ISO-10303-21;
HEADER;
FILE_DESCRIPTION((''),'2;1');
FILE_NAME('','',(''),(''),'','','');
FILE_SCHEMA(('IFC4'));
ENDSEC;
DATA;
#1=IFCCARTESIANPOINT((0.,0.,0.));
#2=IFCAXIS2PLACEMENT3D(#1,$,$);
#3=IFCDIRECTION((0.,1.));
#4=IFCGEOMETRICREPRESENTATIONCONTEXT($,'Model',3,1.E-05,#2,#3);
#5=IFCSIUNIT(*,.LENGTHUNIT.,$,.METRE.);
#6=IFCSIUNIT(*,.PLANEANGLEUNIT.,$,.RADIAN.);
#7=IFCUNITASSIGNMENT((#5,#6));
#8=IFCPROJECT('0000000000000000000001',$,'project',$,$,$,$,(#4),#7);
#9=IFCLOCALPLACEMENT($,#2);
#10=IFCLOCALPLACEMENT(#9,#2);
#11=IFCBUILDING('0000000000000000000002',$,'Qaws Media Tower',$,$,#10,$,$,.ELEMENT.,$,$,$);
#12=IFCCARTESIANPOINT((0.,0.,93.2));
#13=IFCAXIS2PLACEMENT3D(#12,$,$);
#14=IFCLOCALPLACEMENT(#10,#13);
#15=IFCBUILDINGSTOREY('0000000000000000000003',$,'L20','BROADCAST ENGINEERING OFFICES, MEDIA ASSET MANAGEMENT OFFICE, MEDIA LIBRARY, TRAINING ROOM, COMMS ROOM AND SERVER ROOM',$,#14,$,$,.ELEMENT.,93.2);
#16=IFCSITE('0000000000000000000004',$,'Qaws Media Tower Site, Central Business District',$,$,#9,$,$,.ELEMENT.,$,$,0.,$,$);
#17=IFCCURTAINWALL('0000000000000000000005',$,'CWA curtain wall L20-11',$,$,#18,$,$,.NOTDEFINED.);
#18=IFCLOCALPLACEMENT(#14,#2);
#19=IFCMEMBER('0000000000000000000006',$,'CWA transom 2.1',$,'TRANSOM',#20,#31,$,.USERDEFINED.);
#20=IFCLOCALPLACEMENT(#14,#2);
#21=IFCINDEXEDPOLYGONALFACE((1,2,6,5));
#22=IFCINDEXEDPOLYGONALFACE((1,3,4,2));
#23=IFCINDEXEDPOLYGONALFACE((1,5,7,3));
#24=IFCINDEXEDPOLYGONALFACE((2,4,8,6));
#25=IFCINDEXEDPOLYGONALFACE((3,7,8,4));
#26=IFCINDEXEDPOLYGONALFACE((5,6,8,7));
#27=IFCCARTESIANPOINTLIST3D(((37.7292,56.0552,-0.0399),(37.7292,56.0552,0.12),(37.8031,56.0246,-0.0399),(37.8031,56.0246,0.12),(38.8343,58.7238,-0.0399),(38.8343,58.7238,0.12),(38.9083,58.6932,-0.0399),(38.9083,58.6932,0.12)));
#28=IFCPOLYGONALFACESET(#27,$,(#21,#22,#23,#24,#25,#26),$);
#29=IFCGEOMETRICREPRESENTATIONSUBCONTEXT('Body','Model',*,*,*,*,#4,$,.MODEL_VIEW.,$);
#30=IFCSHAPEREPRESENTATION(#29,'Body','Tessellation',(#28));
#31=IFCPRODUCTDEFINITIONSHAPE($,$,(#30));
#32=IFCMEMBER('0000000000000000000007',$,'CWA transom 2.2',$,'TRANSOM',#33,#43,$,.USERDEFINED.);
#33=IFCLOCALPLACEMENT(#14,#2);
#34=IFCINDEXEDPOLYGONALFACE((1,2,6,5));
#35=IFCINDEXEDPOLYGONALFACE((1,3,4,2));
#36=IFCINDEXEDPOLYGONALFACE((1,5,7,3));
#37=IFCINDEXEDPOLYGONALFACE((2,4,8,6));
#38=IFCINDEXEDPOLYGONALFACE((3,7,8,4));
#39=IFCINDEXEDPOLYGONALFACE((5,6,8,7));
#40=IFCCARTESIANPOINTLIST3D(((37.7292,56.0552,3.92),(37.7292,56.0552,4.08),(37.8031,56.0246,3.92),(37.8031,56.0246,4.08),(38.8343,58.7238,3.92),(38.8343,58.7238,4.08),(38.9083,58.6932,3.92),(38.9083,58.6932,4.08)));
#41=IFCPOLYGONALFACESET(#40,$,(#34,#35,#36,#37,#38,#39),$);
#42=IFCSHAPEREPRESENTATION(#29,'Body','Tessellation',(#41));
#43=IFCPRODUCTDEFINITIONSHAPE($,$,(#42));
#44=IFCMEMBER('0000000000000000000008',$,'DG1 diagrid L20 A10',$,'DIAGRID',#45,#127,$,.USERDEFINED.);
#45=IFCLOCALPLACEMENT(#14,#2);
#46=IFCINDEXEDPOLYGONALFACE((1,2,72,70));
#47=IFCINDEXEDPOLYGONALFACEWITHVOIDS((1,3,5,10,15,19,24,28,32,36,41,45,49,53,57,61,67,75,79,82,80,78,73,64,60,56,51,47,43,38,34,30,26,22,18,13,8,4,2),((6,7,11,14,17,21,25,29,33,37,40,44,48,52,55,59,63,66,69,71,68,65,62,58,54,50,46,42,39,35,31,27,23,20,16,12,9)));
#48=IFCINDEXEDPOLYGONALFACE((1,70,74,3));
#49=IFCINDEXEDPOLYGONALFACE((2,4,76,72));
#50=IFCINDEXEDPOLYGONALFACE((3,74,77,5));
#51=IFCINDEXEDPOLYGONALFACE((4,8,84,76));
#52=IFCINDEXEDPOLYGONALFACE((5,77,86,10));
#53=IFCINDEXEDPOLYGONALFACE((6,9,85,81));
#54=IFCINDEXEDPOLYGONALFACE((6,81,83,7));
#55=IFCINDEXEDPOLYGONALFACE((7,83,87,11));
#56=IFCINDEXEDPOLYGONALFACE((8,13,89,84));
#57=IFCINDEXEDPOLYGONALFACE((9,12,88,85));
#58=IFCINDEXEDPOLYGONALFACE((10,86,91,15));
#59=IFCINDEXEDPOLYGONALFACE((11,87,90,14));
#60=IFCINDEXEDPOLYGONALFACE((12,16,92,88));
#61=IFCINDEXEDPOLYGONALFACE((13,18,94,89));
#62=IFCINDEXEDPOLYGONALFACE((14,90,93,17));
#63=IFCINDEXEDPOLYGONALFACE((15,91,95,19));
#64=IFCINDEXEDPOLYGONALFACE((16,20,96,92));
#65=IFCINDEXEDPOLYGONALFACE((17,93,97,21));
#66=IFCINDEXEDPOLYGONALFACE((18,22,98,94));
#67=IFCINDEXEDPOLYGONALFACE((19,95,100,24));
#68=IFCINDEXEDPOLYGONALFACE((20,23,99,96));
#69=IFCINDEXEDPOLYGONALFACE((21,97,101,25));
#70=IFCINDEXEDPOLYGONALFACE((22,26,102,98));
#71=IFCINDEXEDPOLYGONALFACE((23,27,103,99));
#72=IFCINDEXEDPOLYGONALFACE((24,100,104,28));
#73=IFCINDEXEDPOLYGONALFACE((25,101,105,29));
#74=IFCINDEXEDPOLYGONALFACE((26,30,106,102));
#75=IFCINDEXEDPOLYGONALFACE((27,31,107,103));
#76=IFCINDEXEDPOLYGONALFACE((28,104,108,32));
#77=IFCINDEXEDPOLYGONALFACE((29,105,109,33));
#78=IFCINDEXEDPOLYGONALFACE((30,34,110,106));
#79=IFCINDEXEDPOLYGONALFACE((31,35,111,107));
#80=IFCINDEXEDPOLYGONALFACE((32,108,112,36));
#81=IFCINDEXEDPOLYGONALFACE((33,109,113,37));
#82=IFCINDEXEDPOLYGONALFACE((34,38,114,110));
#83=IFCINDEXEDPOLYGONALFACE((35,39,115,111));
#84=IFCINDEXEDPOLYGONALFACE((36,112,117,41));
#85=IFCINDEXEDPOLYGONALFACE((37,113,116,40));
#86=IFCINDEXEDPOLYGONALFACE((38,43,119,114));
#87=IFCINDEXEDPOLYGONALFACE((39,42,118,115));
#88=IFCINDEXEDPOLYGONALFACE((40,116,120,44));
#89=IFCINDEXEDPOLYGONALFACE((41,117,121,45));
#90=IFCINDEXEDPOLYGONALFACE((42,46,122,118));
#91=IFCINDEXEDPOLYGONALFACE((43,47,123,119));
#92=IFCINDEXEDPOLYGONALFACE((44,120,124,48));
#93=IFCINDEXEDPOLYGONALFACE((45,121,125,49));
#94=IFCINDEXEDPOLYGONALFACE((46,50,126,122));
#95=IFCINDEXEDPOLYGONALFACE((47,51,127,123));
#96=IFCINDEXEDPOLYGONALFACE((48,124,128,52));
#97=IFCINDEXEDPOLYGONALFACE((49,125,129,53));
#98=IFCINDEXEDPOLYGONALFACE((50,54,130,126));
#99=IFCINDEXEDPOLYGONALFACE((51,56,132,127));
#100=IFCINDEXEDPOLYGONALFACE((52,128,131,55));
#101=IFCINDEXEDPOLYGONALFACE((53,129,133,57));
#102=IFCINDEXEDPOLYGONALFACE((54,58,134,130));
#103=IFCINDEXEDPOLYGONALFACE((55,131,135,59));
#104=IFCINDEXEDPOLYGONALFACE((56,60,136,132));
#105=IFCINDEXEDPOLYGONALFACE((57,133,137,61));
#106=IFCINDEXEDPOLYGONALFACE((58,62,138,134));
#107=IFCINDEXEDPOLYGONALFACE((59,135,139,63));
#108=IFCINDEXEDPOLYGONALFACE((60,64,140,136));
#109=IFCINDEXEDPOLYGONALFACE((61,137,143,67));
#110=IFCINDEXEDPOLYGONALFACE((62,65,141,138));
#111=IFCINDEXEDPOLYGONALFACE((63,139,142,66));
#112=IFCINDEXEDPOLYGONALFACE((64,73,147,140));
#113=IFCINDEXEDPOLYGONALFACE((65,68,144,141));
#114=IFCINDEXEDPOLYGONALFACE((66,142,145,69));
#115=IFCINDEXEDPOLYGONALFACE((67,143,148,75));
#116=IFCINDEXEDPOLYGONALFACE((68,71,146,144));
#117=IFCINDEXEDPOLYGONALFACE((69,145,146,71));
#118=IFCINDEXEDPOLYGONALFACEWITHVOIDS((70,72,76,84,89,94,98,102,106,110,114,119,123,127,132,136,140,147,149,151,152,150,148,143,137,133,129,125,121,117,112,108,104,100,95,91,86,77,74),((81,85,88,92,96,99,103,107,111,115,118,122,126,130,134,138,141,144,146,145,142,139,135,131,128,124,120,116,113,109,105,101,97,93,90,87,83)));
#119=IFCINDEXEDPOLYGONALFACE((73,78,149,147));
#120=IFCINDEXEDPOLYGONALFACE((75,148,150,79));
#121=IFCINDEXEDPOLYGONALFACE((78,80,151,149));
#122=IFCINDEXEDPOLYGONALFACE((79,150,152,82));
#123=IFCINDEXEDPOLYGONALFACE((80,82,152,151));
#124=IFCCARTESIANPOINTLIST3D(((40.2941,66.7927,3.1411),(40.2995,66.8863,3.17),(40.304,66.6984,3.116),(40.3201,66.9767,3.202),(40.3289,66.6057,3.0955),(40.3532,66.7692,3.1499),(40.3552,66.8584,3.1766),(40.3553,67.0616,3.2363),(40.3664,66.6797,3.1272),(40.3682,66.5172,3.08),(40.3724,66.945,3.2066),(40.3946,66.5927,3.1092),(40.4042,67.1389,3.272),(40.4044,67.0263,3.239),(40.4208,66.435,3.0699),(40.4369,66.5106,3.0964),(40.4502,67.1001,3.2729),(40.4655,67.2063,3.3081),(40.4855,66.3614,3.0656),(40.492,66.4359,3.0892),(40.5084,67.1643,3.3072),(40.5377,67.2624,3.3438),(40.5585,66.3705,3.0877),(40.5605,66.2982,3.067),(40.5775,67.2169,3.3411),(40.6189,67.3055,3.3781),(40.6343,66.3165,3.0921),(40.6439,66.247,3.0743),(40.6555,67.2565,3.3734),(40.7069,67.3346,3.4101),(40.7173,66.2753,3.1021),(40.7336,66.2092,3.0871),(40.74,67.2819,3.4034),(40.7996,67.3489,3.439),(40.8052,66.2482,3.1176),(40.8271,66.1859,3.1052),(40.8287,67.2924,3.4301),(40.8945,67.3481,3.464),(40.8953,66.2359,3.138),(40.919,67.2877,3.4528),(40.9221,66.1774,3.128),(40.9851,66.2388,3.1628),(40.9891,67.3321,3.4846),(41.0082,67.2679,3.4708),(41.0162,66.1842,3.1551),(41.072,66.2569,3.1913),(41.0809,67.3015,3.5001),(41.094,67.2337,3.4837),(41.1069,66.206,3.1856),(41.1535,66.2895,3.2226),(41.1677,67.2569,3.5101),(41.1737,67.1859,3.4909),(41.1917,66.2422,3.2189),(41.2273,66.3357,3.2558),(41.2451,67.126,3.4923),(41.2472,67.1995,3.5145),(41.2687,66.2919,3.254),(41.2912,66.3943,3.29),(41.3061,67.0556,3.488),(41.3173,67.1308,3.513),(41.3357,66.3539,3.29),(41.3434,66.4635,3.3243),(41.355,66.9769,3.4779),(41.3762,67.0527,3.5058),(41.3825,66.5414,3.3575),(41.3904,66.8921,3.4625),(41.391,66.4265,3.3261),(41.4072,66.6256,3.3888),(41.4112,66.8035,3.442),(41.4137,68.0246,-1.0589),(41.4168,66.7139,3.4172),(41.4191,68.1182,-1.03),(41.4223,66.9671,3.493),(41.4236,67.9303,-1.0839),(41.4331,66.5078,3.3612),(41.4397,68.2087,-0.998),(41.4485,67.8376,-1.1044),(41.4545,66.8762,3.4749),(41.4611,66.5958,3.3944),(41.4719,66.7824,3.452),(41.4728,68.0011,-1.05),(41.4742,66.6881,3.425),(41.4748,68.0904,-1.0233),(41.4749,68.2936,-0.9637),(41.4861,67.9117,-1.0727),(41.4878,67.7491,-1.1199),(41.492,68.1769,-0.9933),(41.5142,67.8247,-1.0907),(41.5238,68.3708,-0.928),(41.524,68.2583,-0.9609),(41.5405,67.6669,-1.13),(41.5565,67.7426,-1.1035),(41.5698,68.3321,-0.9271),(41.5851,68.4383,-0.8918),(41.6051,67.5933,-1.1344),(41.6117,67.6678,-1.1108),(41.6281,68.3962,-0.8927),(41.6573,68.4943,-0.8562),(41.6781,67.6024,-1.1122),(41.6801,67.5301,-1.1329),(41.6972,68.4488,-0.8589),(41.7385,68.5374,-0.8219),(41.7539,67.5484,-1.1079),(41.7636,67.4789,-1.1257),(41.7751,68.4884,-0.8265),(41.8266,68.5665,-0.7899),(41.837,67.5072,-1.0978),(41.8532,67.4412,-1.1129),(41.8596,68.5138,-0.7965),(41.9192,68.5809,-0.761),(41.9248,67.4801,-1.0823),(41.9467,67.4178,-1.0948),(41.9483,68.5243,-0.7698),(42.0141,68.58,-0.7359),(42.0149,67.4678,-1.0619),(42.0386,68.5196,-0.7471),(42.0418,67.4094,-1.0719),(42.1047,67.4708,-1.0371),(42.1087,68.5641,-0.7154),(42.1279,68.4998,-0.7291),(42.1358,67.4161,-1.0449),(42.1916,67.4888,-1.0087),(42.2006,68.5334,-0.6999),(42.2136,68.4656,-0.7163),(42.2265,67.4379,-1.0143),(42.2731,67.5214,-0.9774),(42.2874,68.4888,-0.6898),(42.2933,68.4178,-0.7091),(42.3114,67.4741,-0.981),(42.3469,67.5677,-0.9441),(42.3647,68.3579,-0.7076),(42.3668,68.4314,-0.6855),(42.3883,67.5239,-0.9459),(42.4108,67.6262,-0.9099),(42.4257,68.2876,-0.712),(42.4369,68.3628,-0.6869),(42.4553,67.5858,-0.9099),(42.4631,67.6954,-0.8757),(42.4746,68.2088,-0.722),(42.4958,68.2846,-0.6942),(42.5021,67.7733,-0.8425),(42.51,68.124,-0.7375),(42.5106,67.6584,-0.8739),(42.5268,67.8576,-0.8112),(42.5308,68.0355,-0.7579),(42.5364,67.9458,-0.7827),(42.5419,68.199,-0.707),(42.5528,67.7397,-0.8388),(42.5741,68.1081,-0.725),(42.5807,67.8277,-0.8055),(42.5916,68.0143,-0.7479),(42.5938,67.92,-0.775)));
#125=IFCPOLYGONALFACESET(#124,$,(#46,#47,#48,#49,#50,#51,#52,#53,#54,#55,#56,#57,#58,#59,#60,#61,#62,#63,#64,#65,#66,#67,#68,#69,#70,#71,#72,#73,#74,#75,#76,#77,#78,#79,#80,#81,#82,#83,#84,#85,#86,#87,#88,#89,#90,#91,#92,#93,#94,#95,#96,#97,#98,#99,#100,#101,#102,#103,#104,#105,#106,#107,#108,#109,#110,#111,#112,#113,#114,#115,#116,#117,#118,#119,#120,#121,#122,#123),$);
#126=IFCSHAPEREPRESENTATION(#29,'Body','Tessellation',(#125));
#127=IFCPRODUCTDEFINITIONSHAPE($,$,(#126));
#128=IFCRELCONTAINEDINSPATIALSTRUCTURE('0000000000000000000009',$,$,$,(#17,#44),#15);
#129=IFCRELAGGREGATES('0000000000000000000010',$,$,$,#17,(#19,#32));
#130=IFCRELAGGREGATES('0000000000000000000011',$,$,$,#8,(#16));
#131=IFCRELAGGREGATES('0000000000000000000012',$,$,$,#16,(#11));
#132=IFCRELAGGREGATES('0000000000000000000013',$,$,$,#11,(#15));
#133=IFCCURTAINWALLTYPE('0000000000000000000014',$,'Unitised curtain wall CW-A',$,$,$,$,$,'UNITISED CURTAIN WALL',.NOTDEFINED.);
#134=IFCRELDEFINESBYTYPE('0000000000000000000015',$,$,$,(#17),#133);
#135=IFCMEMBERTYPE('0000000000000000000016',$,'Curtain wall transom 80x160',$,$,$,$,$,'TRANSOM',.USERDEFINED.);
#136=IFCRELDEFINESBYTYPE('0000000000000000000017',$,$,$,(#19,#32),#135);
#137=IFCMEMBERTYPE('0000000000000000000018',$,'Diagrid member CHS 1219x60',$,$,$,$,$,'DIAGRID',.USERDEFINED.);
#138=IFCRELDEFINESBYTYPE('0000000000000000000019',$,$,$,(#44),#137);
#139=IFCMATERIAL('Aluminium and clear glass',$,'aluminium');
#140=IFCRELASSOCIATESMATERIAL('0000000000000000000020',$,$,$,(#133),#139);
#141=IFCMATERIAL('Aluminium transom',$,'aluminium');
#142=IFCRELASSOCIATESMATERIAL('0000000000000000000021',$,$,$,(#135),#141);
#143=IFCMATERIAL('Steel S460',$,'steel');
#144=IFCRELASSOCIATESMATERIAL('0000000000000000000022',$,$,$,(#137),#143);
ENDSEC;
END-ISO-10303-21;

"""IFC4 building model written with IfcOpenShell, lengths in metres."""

from ifc_helpers import new_model, si_unit, direction, frame, origin, origin_2d, place, context, subcontext, project, spatial, rectangle, hollow_circle, extrude, material, material_profile, profile_set, type_object, element, aggregate, save


model = new_model("IFC4")

# Units and contexts
model_context = context("Model", 3, precision=1e-05, world=origin(), true_north=direction((0.0, 1.0)))
body_context = subcontext(model_context, "Body", "Model", "MODEL_VIEW")
ifc_project = project(units=[si_unit("LENGTHUNIT", "METRE"), si_unit("PLANEANGLEUNIT", "RADIAN")], contexts=[model_context])

# Site, building, storey
site_placement = place(None, origin())
site = spatial("IfcSite", under=ifc_project, at=site_placement, Name="Qaws Media Tower Site, Central Business District", CompositionType="ELEMENT", RefElevation=0.0)
building_placement = place(site_placement, origin())
building = spatial("IfcBuilding", under=site, at=building_placement, Name="Qaws Media Tower", CompositionType="ELEMENT")
storey_placement = place(building_placement, frame((0.0, 0.0, 93.2)))
storey = spatial("IfcBuildingStorey", under=building, at=storey_placement, Name="L20", Description="BROADCAST ENGINEERING OFFICES, MEDIA ASSET MANAGEMENT OFFICE, MEDIA LIBRARY, TRAINING ROOM, COMMS ROOM AND SERVER ROOM", CompositionType="ELEMENT", Elevation=93.2)

# Shared definitions
ifc_material_1 = material(Name="Aluminium and clear glass", Category="aluminium")
curtain_wall_type = type_object("IfcCurtainWallType", Name="Unitised curtain wall CW-A", ElementType="UNITISED CURTAIN WALL", PredefinedType="NOTDEFINED", material=ifc_material_1)

# Curtain wall
curtain_wall_1_placement = place(storey_placement, origin())
curtain_wall_1 = element("IfcCurtainWall", 1, at=curtain_wall_1_placement, inside=storey, type_object=curtain_wall_type, Name="CWA curtain wall L20-11", PredefinedType="NOTDEFINED")

# Members
ifc_material_2 = material(Name="Aluminium transom", Category="aluminium")
ifc_material_profile_1 = material_profile(ifc_material_2, rectangle(XDim=0.0801, YDim=0.1599, at=origin_2d()), Name="80x160")
ifc_profile_set_1 = profile_set([ifc_material_profile_1], Name="Aluminium transom")
member_type_1 = type_object("IfcMemberType", Name="Curtain wall transom 80x160", ElementType="TRANSOM", PredefinedType="USERDEFINED", material=ifc_profile_set_1)
member_1_placement = place(storey_placement, frame((38.8713, 58.7085, 0.04), z_axis=(-0.382628, -0.923902, 0.0), x_axis=(0.923902, -0.382628, 0.0)))
member_1 = element("IfcMember", 2, at=member_1_placement, type_object=member_type_1, Name="CWA transom 2.1", ObjectType="TRANSOM", PredefinedType="USERDEFINED", context=body_context, shape_type="SweptSolid", body=[
    extrude(rectangle(XDim=0.0801, YDim=0.1599, at=origin_2d()), origin(), (0.0, 0.0, 1.0), 2.8884),
])
member_2_placement = place(storey_placement, frame((38.8713, 58.7085, 4.0), z_axis=(-0.382628, -0.923902, 0.0), x_axis=(0.923902, -0.382628, 0.0)))
member_2 = element("IfcMember", 3, at=member_2_placement, type_object=member_type_1, Name="CWA transom 2.2", ObjectType="TRANSOM", PredefinedType="USERDEFINED", context=body_context, shape_type="SweptSolid", body=[
    extrude(rectangle(XDim=0.0801, YDim=0.1599, at=origin_2d()), origin(), (0.0, 0.0, 1.0), 2.8884),
])

# Member
ifc_material_3 = material(Name="Steel S460", Category="steel")
ifc_material_profile_2 = material_profile(ifc_material_3, hollow_circle(Radius=0.6096, WallThickness=0.0601, at=origin_2d()), Name="CHS 1219x60")
ifc_profile_set_2 = profile_set([ifc_material_profile_2], Name="Steel S460")
member_type_2 = type_object("IfcMemberType", Name="Diagrid member CHS 1219x60", ElementType="DIAGRID", PredefinedType="USERDEFINED", material=ifc_profile_set_2)
for number, where, z_axis, x_axis, name in (
    (4, (42.0042, 67.9958, -0.9099), (-0.247824, -0.272682, 0.929638), (0.740033, -0.672571, 0.0), "DG1 diagrid L20 A10"),
):
    element("IfcMember", number, at=place(storey_placement, frame(where, z_axis=z_axis, x_axis=x_axis)), inside=storey, type_object=member_type_2, Name=name, ObjectType="DIAGRID", PredefinedType="USERDEFINED", context=body_context, shape_type="SweptSolid", body=[
        extrude(hollow_circle(Radius=0.6096, WallThickness=0.0601, at=origin_2d()), origin(), (0.0, 0.0, 1.0), 4.5178),
    ])

aggregate(curtain_wall_1, [member_1, member_2])

save(model, "model.ifc")
